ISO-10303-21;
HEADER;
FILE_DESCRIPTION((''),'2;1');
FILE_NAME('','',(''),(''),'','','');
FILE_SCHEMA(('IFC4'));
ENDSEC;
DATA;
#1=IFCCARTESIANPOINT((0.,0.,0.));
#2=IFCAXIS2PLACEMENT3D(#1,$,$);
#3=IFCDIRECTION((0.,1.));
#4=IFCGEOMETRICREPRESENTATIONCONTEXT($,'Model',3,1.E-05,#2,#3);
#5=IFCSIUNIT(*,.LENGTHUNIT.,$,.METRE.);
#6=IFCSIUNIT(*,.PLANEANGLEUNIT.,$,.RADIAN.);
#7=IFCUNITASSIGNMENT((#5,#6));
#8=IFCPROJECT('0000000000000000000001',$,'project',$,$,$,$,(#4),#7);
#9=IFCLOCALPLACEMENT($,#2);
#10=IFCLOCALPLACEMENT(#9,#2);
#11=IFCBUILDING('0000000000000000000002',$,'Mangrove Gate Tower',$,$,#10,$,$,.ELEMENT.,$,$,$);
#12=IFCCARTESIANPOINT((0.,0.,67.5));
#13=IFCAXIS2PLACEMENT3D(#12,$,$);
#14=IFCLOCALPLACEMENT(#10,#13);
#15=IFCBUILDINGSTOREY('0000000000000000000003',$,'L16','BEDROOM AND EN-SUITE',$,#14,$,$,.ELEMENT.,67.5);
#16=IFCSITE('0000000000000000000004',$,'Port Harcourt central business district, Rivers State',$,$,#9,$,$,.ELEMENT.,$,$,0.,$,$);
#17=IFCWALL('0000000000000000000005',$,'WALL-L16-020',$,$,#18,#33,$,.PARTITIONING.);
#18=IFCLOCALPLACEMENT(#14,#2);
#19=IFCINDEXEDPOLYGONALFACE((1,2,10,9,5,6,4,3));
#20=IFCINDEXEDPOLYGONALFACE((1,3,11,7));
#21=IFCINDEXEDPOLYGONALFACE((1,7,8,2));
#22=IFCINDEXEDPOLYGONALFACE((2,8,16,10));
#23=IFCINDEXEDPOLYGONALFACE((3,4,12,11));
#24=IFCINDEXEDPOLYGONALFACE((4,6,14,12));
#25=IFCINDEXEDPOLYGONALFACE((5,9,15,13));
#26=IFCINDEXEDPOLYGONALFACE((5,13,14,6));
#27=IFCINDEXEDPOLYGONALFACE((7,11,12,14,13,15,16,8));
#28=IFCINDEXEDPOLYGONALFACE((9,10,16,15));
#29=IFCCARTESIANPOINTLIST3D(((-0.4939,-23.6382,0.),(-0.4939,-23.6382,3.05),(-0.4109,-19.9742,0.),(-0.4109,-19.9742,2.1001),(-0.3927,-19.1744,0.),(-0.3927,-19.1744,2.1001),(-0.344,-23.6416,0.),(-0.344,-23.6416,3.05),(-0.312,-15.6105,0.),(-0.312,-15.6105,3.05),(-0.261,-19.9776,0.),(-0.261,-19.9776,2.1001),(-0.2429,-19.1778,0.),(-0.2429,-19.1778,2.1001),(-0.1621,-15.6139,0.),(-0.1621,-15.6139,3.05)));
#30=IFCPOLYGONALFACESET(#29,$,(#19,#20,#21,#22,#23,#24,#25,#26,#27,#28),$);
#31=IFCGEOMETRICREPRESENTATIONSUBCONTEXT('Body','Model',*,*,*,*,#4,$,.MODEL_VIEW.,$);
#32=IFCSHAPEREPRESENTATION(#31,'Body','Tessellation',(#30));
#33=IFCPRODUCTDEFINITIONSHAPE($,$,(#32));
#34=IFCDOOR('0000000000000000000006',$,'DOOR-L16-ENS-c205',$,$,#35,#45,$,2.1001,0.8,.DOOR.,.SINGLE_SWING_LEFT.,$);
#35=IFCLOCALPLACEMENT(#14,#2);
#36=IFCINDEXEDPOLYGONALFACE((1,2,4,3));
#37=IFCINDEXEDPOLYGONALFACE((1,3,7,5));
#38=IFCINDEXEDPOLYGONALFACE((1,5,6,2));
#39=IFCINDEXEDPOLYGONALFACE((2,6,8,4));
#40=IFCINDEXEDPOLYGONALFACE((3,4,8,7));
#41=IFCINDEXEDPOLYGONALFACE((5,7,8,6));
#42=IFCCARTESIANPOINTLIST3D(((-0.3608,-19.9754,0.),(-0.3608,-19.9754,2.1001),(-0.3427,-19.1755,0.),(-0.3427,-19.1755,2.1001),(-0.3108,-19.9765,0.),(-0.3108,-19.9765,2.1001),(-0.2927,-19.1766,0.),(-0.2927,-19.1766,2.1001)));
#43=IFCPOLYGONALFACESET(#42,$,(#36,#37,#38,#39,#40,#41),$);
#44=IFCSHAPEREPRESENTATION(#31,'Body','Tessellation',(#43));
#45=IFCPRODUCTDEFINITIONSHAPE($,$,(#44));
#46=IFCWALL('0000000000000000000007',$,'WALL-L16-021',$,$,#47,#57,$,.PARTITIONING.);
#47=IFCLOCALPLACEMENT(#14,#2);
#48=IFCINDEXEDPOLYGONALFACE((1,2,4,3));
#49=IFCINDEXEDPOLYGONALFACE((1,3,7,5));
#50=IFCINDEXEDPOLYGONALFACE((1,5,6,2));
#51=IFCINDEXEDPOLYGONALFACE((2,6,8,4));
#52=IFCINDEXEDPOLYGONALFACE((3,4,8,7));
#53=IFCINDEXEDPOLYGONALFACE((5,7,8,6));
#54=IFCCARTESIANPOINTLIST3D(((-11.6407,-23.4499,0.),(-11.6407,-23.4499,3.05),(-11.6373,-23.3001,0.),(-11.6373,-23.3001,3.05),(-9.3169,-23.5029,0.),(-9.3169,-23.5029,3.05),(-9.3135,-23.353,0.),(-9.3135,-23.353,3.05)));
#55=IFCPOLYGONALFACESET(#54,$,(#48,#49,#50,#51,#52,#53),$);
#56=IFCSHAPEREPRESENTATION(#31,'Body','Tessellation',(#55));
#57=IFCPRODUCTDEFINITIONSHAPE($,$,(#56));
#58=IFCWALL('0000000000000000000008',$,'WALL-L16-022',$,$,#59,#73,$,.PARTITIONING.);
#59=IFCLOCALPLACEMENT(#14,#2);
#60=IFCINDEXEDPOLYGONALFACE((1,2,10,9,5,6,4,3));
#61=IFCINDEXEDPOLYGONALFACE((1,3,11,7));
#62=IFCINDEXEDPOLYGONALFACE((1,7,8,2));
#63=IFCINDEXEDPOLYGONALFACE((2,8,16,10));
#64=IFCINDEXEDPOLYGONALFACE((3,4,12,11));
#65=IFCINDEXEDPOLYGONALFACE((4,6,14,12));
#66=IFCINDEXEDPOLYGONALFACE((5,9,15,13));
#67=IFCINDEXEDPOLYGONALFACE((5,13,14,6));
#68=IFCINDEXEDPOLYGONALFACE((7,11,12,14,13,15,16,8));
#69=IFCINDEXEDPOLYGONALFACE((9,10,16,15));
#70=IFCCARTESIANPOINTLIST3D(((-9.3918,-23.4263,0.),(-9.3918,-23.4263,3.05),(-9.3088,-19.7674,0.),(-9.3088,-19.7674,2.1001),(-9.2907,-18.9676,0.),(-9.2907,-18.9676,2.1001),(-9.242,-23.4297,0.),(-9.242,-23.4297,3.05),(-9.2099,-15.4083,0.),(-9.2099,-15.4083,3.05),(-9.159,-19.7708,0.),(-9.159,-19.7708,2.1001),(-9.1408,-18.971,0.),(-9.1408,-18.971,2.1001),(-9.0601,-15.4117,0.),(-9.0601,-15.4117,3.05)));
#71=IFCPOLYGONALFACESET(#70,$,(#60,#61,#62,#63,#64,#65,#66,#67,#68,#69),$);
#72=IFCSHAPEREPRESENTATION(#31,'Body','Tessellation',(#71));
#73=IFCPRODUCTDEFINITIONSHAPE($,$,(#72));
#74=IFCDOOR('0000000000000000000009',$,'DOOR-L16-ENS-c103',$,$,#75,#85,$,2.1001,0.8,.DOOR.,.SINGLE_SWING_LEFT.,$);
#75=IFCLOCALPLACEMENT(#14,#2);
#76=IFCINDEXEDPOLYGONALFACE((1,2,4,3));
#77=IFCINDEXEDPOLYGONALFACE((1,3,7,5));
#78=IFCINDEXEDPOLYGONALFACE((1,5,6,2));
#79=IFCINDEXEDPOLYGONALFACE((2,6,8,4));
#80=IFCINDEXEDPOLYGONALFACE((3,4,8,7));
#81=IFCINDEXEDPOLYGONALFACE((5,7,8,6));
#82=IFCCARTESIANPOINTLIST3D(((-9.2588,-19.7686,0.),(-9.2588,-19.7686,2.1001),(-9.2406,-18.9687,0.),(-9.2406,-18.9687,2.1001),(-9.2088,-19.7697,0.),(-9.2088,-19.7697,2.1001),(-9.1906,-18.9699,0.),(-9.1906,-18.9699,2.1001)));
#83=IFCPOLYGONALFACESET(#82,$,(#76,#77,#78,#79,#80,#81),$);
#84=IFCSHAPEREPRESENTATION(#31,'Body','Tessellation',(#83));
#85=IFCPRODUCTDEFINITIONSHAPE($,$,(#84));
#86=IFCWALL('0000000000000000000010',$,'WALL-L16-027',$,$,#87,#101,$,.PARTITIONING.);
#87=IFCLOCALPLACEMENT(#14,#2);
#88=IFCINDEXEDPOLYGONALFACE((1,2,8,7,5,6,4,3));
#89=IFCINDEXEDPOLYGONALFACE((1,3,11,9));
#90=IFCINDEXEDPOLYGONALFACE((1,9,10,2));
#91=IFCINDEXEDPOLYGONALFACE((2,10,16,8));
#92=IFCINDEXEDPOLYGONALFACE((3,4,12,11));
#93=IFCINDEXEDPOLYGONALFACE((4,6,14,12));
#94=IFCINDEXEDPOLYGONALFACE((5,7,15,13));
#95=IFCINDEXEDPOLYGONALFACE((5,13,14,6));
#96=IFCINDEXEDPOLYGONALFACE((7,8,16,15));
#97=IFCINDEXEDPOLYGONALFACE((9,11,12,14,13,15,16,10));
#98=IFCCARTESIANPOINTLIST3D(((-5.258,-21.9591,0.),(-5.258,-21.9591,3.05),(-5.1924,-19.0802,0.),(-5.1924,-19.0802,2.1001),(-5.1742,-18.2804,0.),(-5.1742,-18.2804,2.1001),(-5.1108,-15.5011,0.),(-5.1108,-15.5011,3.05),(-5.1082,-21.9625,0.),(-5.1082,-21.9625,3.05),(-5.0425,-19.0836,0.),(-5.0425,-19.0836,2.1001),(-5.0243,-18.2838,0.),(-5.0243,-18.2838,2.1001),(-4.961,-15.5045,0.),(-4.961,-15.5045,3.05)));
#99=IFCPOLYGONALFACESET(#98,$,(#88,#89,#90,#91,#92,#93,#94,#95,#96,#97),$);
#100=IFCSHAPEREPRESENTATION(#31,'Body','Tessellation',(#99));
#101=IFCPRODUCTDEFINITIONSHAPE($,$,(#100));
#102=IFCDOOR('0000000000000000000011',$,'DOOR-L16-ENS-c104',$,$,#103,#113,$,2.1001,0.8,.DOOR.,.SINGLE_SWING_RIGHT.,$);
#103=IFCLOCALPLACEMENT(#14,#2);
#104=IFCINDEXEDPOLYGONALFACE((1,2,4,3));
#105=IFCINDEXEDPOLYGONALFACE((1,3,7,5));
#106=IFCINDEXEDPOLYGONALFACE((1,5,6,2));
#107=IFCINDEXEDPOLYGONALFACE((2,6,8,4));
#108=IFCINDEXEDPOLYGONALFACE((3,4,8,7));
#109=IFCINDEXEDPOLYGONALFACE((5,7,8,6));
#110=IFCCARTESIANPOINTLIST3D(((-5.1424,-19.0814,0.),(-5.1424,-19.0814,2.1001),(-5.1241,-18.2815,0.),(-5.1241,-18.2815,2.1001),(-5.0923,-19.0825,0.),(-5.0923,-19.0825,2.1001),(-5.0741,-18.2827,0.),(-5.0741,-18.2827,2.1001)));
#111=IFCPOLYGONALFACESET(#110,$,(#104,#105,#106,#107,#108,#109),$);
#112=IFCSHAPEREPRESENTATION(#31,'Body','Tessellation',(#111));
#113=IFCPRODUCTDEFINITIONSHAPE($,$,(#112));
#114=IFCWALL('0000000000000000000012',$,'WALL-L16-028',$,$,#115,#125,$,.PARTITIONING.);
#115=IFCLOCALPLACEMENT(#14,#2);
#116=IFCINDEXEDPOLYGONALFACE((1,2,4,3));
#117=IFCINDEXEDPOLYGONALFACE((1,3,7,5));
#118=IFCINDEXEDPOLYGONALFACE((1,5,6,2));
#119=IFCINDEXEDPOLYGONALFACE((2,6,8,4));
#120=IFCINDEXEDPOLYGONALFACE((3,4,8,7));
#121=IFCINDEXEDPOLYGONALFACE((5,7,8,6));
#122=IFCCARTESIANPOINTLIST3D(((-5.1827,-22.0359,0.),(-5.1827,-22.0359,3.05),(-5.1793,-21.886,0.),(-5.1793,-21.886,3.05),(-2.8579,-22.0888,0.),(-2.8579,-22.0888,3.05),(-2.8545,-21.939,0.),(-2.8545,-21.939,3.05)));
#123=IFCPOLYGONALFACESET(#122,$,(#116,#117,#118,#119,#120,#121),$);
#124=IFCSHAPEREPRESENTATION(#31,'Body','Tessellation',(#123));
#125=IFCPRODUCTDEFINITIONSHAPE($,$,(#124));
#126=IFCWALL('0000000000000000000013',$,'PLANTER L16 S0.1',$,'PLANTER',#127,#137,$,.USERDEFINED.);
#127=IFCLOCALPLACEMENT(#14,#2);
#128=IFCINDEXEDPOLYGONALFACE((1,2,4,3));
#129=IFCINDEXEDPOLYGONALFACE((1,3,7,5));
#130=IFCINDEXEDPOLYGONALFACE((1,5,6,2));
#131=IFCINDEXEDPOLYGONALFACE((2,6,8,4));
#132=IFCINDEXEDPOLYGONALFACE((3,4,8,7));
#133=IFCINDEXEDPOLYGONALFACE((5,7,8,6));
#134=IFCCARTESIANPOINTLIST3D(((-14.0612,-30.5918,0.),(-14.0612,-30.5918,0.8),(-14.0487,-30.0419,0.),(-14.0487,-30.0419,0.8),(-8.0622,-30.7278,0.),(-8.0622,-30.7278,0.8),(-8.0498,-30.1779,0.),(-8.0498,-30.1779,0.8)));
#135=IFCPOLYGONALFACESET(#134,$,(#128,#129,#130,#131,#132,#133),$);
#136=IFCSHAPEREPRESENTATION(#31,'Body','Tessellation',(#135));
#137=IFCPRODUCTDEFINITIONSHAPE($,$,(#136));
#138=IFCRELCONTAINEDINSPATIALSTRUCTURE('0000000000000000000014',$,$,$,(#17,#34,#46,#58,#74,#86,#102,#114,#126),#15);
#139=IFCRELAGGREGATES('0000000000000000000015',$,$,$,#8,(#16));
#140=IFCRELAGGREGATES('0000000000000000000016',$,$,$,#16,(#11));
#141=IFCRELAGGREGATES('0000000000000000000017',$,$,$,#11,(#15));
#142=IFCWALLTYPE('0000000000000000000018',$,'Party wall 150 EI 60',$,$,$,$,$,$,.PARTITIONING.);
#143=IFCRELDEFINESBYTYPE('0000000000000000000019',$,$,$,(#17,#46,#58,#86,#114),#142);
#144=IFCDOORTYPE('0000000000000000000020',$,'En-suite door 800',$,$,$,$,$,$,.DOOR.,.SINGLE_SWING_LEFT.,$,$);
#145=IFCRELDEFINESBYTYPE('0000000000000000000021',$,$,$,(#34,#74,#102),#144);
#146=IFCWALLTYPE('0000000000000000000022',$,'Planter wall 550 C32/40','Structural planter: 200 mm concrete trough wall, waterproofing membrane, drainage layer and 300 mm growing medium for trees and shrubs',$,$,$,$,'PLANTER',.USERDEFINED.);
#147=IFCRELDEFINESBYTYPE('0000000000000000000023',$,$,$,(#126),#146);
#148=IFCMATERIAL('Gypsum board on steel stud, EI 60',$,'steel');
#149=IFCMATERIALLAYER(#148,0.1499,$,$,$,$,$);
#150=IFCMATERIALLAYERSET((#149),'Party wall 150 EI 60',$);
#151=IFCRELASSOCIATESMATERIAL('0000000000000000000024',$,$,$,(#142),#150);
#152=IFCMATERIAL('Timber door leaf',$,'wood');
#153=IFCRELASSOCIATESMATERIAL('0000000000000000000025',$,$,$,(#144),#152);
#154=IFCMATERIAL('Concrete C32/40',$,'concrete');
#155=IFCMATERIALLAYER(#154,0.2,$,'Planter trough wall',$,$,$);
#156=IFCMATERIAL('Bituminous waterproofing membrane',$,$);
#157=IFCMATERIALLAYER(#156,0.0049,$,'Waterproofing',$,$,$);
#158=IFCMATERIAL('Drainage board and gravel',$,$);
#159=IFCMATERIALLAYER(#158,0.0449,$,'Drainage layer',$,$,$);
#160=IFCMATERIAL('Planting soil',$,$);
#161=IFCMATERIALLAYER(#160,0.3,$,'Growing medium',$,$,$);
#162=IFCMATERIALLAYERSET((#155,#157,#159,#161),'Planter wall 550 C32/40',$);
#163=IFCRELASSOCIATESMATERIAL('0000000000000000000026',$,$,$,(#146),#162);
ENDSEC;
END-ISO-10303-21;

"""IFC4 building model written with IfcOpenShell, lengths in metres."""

from ifc_helpers import new_model, si_unit, direction, frame, frame_2d, origin, place, context, subcontext, project, spatial, rectangle, extrude, material, layer, layer_set, type_object, element, fill, save


model = new_model("IFC4")

# Units and contexts
model_context = context("Model", 3, precision=1e-05, world=origin(), true_north=direction((0.0, 1.0)))
body_context = subcontext(model_context, "Body", "Model", "MODEL_VIEW")
ifc_project = project(units=[si_unit("LENGTHUNIT", "METRE"), si_unit("PLANEANGLEUNIT", "RADIAN")], contexts=[model_context])

# Site, building, storey
site_placement = place(None, origin())
site = spatial("IfcSite", under=ifc_project, at=site_placement, Name="Port Harcourt central business district, Rivers State", CompositionType="ELEMENT", RefElevation=0.0)
building_placement = place(site_placement, origin())
building = spatial("IfcBuilding", under=site, at=building_placement, Name="Mangrove Gate Tower", CompositionType="ELEMENT")
storey_placement = place(building_placement, frame((0.0, 0.0, 67.5)))
storey = spatial("IfcBuildingStorey", under=building, at=storey_placement, Name="L16", Description="BEDROOM AND EN-SUITE", CompositionType="ELEMENT", Elevation=67.5)

# Shared definitions
ifc_material_1 = material(Name="Gypsum board on steel stud, EI 60", Category="steel")
ifc_layer_1 = layer(ifc_material_1, 0.1499)
ifc_layer_set_1 = layer_set([ifc_layer_1], Name="Party wall 150 EI 60")
wall_type_1 = type_object("IfcWallType", Name="Party wall 150 EI 60", PredefinedType="PARTITIONING", material=ifc_layer_set_1)

# Shared definitions
ifc_material_2 = material(Name="Timber door leaf", Category="wood")
door_type = type_object("IfcDoorType", Name="En-suite door 800", OperationType="SINGLE_SWING_LEFT", PredefinedType="DOOR", material=ifc_material_2)

# Wall, opening, door
wall_1_placement = place(storey_placement, frame((-0.4189, -23.6399, 0.0), z_axis=(0.0, 0.0, 1.0), x_axis=(0.022651, 0.999743, 0.0)))
wall_1 = element("IfcWall", 1, at=wall_1_placement, inside=storey, type_object=wall_type_1, Name="WALL-L16-020", PredefinedType="PARTITIONING", context=body_context, shape_type="SweptSolid", body=[
    extrude(rectangle(XDim=8.0298, YDim=0.1499, at=frame_2d((4.0149, 0.0))), origin(), (0.0, 0.0, 1.0), 3.05),
])
opening_1_placement = place(wall_1_placement, frame((3.665, 0.0, 0.0)))
opening_1 = element("IfcOpeningElement", 2, at=opening_1_placement, cuts=wall_1, PredefinedType="OPENING", context=body_context, shape_type="SweptSolid", body=[
    extrude(rectangle(XDim=0.8, YDim=2.1001, at=frame_2d((0.3999, 1.05))), frame((0.0, 0.085, 0.0), z_axis=(0.0, -1.0, 0.0), x_axis=(1.0, 0.0, 0.0)), (0.0, 0.0, 1.0), 0.1699),
])
door_1_placement = place(opening_1_placement, origin())
door_1 = element("IfcDoor", 3, at=door_1_placement, inside=storey, type_object=door_type, Name="DOOR-L16-ENS-c205", OperationType="SINGLE_SWING_LEFT", OverallHeight=2.1001, OverallWidth=0.8, PredefinedType="DOOR", context=body_context, shape_type="SweptSolid", body=[
    extrude(rectangle(XDim=0.8, YDim=2.1001, at=frame_2d((0.3999, 1.05))), frame((0.0, 0.0249, 0.0), z_axis=(0.0, -1.0, 0.0), x_axis=(1.0, 0.0, 0.0)), (0.0, 0.0, 1.0), 0.05),
])
fill(opening_1, door_1)

# Wall
wall_2_placement = place(storey_placement, frame((-11.6389, -23.375, 0.0), z_axis=(0.0, 0.0, 1.0), x_axis=(0.99974, -0.022791, 0.0)))
element("IfcWall", 4, at=wall_2_placement, inside=storey, type_object=wall_type_1, Name="WALL-L16-021", PredefinedType="PARTITIONING", context=body_context, shape_type="SweptSolid", body=[
    extrude(rectangle(XDim=2.3245, YDim=0.1499, at=frame_2d((1.1621, 0.0))), origin(), (0.0, 0.0, 1.0), 3.05),
])

# Walls, openings, doors
wall_3_placement = place(storey_placement, frame((-9.3169, -23.428, 0.0), z_axis=(0.0, 0.0, 1.0), x_axis=(0.022679, 0.999743, 0.0)))
wall_3 = element("IfcWall", 5, at=wall_3_placement, inside=storey, type_object=wall_type_1, Name="WALL-L16-022", PredefinedType="PARTITIONING", context=body_context, shape_type="SweptSolid", body=[
    extrude(rectangle(XDim=8.02, YDim=0.1499, at=frame_2d((4.01, 0.0))), origin(), (0.0, 0.0, 1.0), 3.05),
])
opening_2_placement = place(wall_3_placement, frame((3.6599, 0.0, 0.0)))
opening_2 = element("IfcOpeningElement", 6, at=opening_2_placement, cuts=wall_3, PredefinedType="OPENING", context=body_context, shape_type="SweptSolid", body=[
    extrude(rectangle(XDim=0.8, YDim=2.1001, at=frame_2d((0.3999, 1.05))), frame((0.0, 0.085, 0.0), z_axis=(0.0, -1.0, 0.0), x_axis=(1.0, 0.0, 0.0)), (0.0, 0.0, 1.0), 0.1699),
])
door_2_placement = place(opening_2_placement, origin())
door_2 = element("IfcDoor", 7, at=door_2_placement, inside=storey, type_object=door_type, Name="DOOR-L16-ENS-c103", OperationType="SINGLE_SWING_LEFT", OverallHeight=2.1001, OverallWidth=0.8, PredefinedType="DOOR", context=body_context, shape_type="SweptSolid", body=[
    extrude(rectangle(XDim=0.8, YDim=2.1001, at=frame_2d((0.3999, 1.05))), frame((0.0, 0.0249, 0.0), z_axis=(0.0, -1.0, 0.0), x_axis=(1.0, 0.0, 0.0)), (0.0, 0.0, 1.0), 0.05),
])
fill(opening_2, door_2)
wall_4_placement = place(storey_placement, frame((-5.1831, -21.9609, 0.0), z_axis=(0.0, 0.0, 1.0), x_axis=(0.02279, 0.99974, 0.0)))
wall_4 = element("IfcWall", 8, at=wall_4_placement, inside=storey, type_object=wall_type_1, Name="WALL-L16-027", PredefinedType="PARTITIONING", context=body_context, shape_type="SweptSolid", body=[
    extrude(rectangle(XDim=6.4597, YDim=0.1499, at=frame_2d((3.23, 0.0))), origin(), (0.0, 0.0, 1.0), 3.05),
])
opening_3_placement = place(wall_4_placement, frame((2.8799, 0.0, 0.0)))
opening_3 = element("IfcOpeningElement", 9, at=opening_3_placement, cuts=wall_4, PredefinedType="OPENING", context=body_context, shape_type="SweptSolid", body=[
    extrude(rectangle(XDim=0.8, YDim=2.1001, at=frame_2d((0.3999, 1.05))), frame((0.0, 0.085, 0.0), z_axis=(0.0, -1.0, 0.0), x_axis=(1.0, 0.0, 0.0)), (0.0, 0.0, 1.0), 0.1699),
])
door_3_placement = place(opening_3_placement, origin())
door_3 = element("IfcDoor", 10, at=door_3_placement, inside=storey, type_object=door_type, Name="DOOR-L16-ENS-c104", OperationType="SINGLE_SWING_RIGHT", OverallHeight=2.1001, OverallWidth=0.8, PredefinedType="DOOR", context=body_context, shape_type="SweptSolid", body=[
    extrude(rectangle(XDim=0.8, YDim=2.1001, at=frame_2d((0.3999, 1.05))), frame((0.0, 0.0249, 0.0), z_axis=(0.0, -1.0, 0.0), x_axis=(1.0, 0.0, 0.0)), (0.0, 0.0, 1.0), 0.05),
])
fill(opening_3, door_3)

# Walls
wall_5_placement = place(storey_placement, frame((-5.1809, -21.9609, 0.0), z_axis=(0.0, 0.0, 1.0), x_axis=(0.99974, -0.022781, 0.0)))
element("IfcWall", 11, at=wall_5_placement, inside=storey, type_object=wall_type_1, Name="WALL-L16-028", PredefinedType="PARTITIONING", context=body_context, shape_type="SweptSolid", body=[
    extrude(rectangle(XDim=2.3254, YDim=0.1499, at=frame_2d((1.1626, 0.0))), origin(), (0.0, 0.0, 1.0), 3.05),
])
ifc_material_3 = material(Name="Concrete C32/40", Category="concrete")
ifc_layer_2 = layer(ifc_material_3, 0.2, Name="Planter trough wall")
ifc_material_4 = material(Name="Bituminous waterproofing membrane")
ifc_layer_3 = layer(ifc_material_4, 0.0049, Name="Waterproofing")
ifc_material_5 = material(Name="Drainage board and gravel")
ifc_layer_4 = layer(ifc_material_5, 0.0449, Name="Drainage layer")
ifc_material_6 = material(Name="Planting soil")
ifc_layer_5 = layer(ifc_material_6, 0.3, Name="Growing medium")
ifc_layer_set_2 = layer_set([ifc_layer_2, ifc_layer_3, ifc_layer_4, ifc_layer_5], Name="Planter wall 550 C32/40")
wall_type_2 = type_object("IfcWallType", Name="Planter wall 550 C32/40", Description="Structural planter: 200 mm concrete trough wall, waterproofing membrane, drainage layer and 300 mm growing medium for trees and shrubs", ElementType="PLANTER", PredefinedType="USERDEFINED", material=ifc_layer_set_2)
wall_6_placement = place(storey_placement, frame((-14.0549, -30.3169, 0.0), z_axis=(0.0, 0.0, 1.0), x_axis=(0.999743, -0.022662, 0.0)))
element("IfcWall", 12, at=wall_6_placement, inside=storey, type_object=wall_type_2, Name="PLANTER L16 S0.1", ObjectType="PLANTER", PredefinedType="USERDEFINED", context=body_context, shape_type="SweptSolid", body=[
    extrude(rectangle(XDim=6.0005, YDim=0.55, at=frame_2d((3.0002, 0.0))), origin(), (0.0, 0.0, 1.0), 0.8),
])

save(model, "model.ifc")
